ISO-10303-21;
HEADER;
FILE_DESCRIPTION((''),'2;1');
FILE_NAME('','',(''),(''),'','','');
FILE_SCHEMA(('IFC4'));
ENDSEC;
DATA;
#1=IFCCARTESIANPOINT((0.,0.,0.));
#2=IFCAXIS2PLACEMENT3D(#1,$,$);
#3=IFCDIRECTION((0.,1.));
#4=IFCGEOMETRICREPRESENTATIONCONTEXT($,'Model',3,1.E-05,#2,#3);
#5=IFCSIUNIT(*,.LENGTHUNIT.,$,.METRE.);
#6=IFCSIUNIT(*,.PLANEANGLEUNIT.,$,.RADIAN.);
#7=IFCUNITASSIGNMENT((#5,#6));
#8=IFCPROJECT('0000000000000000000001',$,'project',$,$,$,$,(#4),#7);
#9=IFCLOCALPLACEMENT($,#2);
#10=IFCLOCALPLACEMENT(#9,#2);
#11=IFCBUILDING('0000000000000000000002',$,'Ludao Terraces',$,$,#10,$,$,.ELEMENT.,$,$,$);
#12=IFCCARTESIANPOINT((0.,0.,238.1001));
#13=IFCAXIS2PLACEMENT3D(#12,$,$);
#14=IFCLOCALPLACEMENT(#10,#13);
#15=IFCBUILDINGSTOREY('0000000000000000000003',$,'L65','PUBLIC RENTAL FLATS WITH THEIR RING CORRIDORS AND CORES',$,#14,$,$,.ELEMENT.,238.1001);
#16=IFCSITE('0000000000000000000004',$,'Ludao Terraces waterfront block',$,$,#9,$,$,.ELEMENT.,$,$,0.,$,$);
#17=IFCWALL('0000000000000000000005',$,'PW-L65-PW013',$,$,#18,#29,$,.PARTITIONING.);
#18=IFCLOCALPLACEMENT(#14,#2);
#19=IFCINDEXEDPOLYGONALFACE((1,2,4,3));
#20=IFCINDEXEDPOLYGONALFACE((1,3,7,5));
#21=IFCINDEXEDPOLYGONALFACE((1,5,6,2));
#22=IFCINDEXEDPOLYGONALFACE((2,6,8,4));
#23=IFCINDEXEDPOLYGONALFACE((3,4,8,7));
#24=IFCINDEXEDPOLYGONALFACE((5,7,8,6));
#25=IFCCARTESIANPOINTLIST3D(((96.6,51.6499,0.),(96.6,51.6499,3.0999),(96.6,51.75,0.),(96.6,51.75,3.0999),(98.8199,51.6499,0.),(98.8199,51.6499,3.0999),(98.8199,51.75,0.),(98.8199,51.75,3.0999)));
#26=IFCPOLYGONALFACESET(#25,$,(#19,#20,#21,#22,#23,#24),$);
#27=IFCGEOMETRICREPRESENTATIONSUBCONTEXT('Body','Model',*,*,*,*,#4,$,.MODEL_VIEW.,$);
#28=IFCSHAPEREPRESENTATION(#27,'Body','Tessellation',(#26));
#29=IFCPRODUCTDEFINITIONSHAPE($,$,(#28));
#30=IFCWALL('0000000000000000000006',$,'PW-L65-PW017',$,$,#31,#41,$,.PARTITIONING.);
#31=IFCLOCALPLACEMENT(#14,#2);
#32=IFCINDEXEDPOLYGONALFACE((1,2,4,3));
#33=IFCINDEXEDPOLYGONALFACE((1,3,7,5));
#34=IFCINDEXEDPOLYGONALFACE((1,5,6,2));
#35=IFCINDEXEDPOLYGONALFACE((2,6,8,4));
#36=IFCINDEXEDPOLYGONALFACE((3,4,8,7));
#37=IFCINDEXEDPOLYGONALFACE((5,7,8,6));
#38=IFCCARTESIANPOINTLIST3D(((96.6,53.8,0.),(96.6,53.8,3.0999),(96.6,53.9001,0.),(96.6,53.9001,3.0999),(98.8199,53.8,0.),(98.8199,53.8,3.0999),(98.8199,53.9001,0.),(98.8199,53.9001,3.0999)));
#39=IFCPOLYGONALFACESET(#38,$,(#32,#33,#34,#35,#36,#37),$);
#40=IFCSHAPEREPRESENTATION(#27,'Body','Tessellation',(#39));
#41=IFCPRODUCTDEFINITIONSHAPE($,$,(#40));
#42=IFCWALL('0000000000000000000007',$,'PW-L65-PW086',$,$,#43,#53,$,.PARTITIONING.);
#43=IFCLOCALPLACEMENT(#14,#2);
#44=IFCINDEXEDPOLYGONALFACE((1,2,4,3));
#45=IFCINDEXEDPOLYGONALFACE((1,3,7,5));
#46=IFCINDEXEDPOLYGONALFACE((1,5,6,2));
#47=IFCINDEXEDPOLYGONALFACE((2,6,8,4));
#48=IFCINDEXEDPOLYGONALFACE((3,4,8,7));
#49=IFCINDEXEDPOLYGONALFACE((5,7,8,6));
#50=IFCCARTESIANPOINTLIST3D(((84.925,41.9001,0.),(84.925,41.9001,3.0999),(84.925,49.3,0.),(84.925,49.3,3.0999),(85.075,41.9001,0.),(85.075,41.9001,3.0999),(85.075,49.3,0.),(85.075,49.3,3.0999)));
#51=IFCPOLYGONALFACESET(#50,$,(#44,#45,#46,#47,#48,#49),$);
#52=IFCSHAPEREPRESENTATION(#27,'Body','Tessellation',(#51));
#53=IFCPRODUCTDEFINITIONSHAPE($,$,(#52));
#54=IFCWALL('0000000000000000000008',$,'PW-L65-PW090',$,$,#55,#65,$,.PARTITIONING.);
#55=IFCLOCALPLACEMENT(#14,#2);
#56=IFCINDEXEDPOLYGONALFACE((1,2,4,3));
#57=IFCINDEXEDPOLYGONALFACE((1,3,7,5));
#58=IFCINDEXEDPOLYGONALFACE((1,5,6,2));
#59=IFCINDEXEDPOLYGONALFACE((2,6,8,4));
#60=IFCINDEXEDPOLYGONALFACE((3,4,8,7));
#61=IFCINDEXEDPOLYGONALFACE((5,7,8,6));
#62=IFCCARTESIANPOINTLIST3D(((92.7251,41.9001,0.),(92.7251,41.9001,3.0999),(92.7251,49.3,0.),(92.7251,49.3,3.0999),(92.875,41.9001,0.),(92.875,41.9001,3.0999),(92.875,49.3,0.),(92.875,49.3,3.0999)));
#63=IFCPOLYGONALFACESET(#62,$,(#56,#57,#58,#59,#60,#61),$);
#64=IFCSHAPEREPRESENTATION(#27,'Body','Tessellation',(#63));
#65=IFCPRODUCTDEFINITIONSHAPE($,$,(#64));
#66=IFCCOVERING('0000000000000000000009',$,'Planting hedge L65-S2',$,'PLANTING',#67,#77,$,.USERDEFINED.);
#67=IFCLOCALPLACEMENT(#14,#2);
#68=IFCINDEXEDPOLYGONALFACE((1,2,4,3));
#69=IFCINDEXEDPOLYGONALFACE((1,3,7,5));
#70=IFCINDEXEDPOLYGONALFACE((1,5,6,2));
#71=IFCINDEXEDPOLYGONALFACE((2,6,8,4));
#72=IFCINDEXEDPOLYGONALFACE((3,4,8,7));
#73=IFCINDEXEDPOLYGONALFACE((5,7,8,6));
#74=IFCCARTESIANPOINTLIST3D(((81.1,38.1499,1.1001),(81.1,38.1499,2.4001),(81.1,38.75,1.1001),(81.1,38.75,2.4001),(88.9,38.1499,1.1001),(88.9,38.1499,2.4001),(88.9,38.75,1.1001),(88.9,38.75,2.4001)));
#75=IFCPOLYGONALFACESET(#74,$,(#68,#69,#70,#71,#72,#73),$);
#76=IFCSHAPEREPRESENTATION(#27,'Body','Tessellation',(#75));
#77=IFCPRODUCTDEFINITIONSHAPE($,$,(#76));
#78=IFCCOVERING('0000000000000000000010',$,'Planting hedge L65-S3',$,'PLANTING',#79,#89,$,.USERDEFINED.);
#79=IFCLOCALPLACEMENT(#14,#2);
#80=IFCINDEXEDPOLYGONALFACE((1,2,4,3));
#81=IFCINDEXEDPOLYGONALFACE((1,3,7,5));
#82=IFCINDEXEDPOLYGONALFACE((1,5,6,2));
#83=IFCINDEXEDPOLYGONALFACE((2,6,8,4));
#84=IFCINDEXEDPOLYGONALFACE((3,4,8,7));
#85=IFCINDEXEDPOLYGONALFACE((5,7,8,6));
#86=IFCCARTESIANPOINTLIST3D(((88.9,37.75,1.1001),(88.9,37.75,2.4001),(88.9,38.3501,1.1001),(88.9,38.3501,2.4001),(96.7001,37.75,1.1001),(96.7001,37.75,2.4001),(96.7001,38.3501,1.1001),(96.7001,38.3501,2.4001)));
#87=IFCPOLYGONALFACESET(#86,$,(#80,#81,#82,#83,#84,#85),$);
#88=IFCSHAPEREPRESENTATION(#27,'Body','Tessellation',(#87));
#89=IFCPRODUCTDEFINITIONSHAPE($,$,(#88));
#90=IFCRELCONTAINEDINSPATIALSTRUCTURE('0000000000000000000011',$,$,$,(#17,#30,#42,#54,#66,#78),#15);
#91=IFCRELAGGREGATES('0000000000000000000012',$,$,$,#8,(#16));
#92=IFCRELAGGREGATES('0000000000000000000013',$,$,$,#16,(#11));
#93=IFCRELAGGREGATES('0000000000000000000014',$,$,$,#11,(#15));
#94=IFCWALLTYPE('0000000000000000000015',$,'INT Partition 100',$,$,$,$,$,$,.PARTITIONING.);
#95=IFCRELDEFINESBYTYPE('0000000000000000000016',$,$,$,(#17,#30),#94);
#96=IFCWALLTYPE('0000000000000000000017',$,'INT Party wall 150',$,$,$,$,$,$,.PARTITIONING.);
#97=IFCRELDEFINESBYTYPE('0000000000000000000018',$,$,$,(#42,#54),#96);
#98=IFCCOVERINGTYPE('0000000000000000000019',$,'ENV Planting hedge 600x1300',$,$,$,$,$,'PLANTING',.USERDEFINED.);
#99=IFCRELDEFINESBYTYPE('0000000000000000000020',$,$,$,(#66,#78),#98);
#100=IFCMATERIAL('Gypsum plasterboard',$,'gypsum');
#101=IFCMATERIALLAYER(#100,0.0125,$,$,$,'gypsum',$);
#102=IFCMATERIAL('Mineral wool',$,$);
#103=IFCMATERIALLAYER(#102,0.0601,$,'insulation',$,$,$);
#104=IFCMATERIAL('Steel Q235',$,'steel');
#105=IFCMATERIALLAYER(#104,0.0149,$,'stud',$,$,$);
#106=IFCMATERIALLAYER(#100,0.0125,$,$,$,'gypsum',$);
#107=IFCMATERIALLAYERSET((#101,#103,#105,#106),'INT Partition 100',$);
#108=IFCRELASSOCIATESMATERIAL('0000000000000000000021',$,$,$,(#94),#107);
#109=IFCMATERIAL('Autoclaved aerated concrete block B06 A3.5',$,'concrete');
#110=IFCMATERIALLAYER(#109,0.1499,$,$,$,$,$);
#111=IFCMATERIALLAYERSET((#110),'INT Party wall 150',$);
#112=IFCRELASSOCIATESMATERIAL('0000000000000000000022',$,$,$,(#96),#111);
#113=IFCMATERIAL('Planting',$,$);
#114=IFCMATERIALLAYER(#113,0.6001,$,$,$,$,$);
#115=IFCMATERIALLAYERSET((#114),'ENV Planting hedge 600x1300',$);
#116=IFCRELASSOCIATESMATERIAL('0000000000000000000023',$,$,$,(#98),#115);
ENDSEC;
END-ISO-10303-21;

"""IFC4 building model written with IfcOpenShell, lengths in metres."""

from ifc_helpers import new_model, si_unit, direction, frame, frame_2d, origin, origin_2d, place, context, subcontext, project, spatial, rectangle, extrude, material, layer, layer_set, type_object, element, save


model = new_model("IFC4")

# Units and contexts
model_context = context("Model", 3, precision=1e-05, world=origin(), true_north=direction((0.0, 1.0)))
body_context = subcontext(model_context, "Body", "Model", "MODEL_VIEW")
ifc_project = project(units=[si_unit("LENGTHUNIT", "METRE"), si_unit("PLANEANGLEUNIT", "RADIAN")], contexts=[model_context])

# Site, building, storey
site_placement = place(None, origin())
site = spatial("IfcSite", under=ifc_project, at=site_placement, Name="Ludao Terraces waterfront block", CompositionType="ELEMENT", RefElevation=0.0)
building_placement = place(site_placement, origin())
building = spatial("IfcBuilding", under=site, at=building_placement, Name="Ludao Terraces", CompositionType="ELEMENT")
storey_placement = place(building_placement, frame((0.0, 0.0, 238.1001)))
storey = spatial("IfcBuildingStorey", under=building, at=storey_placement, Name="L65", Description="PUBLIC RENTAL FLATS WITH THEIR RING CORRIDORS AND CORES", CompositionType="ELEMENT", Elevation=238.1001)

# Shared definitions
ifc_material_1 = material(Name="Mineral wool")

# Shared definitions
ifc_material_2 = material(Name="Gypsum plasterboard", Category="gypsum")
ifc_layer_1 = layer(ifc_material_2, 0.0125, Category="gypsum")
ifc_layer_2 = layer(ifc_material_1, 0.0601, Name="insulation")
ifc_material_3 = material(Name="Steel Q235", Category="steel")
ifc_layer_3 = layer(ifc_material_3, 0.0149, Name="stud")
ifc_layer_4 = layer(ifc_material_2, 0.0125, Category="gypsum")
ifc_layer_set_1 = layer_set([ifc_layer_1, ifc_layer_2, ifc_layer_3, ifc_layer_4], Name="INT Partition 100")
wall_type_1 = type_object("IfcWallType", Name="INT Partition 100", PredefinedType="PARTITIONING", material=ifc_layer_set_1)

# Walls
for number, where, z_axis, x_axis, name in (
    (1, (96.6001, 51.7, 0.0), (0.0, 0.0, 1.0), (1.0, 0.0, 0.0), "PW-L65-PW013"),
    (2, (96.6001, 53.8501, 0.0), (0.0, 0.0, 1.0), (1.0, 0.0, 0.0), "PW-L65-PW017"),
):
    element("IfcWall", number, at=place(storey_placement, frame(where, z_axis=z_axis, x_axis=x_axis)), inside=storey, type_object=wall_type_1, Name=name, PredefinedType="PARTITIONING", context=body_context, shape_type="SweptSolid", body=[
        extrude(rectangle(XDim=2.22, YDim=0.1001, at=frame_2d((1.1099, 0.0))), origin(), (0.0, 0.0, 1.0), 3.0999),
    ])
ifc_material_4 = material(Name="Autoclaved aerated concrete block B06 A3.5", Category="concrete")
ifc_layer_5 = layer(ifc_material_4, 0.1499)
ifc_layer_set_2 = layer_set([ifc_layer_5], Name="INT Party wall 150")
wall_type_2 = type_object("IfcWallType", Name="INT Party wall 150", PredefinedType="PARTITIONING", material=ifc_layer_set_2)
for number, where, z_axis, x_axis, name in (
    (3, (85.0, 41.9001, 0.0), (0.0, 0.0, 1.0), (0.0, 1.0, 0.0), "PW-L65-PW086"),
    (4, (92.8, 41.9001, 0.0), (0.0, 0.0, 1.0), (0.0, 1.0, 0.0), "PW-L65-PW090"),
):
    element("IfcWall", number, at=place(storey_placement, frame(where, z_axis=z_axis, x_axis=x_axis)), inside=storey, type_object=wall_type_2, Name=name, PredefinedType="PARTITIONING", context=body_context, shape_type="SweptSolid", body=[
        extrude(rectangle(XDim=7.3999, YDim=0.1499, at=frame_2d((3.7, 0.0))), origin(), (0.0, 0.0, 1.0), 3.0999),
    ])

# Coverings
ifc_material_5 = material(Name="Planting")
ifc_layer_6 = layer(ifc_material_5, 0.6001)
ifc_layer_set_3 = layer_set([ifc_layer_6], Name="ENV Planting hedge 600x1300")
covering_type = type_object("IfcCoveringType", Name="ENV Planting hedge 600x1300", ElementType="PLANTING", PredefinedType="USERDEFINED", material=ifc_layer_set_3)
for number, where, z_axis, x_axis, name in (
    (5, (85.0, 38.45, 1.1001), (0.0, 0.0, 1.0), (1.0, 0.0, 0.0), "Planting hedge L65-S2"),
    (6, (92.8, 38.05, 1.1001), (0.0, 0.0, 1.0), (1.0, 0.0, 0.0), "Planting hedge L65-S3"),
):
    element("IfcCovering", number, at=place(storey_placement, frame(where, z_axis=z_axis, x_axis=x_axis)), inside=storey, type_object=covering_type, Name=name, ObjectType="PLANTING", PredefinedType="USERDEFINED", context=body_context, shape_type="SweptSolid", body=[
        extrude(rectangle(XDim=7.8, YDim=0.6001, at=origin_2d()), origin(), (0.0, 0.0, 1.0), 1.3),
    ])

save(model, "model.ifc")
